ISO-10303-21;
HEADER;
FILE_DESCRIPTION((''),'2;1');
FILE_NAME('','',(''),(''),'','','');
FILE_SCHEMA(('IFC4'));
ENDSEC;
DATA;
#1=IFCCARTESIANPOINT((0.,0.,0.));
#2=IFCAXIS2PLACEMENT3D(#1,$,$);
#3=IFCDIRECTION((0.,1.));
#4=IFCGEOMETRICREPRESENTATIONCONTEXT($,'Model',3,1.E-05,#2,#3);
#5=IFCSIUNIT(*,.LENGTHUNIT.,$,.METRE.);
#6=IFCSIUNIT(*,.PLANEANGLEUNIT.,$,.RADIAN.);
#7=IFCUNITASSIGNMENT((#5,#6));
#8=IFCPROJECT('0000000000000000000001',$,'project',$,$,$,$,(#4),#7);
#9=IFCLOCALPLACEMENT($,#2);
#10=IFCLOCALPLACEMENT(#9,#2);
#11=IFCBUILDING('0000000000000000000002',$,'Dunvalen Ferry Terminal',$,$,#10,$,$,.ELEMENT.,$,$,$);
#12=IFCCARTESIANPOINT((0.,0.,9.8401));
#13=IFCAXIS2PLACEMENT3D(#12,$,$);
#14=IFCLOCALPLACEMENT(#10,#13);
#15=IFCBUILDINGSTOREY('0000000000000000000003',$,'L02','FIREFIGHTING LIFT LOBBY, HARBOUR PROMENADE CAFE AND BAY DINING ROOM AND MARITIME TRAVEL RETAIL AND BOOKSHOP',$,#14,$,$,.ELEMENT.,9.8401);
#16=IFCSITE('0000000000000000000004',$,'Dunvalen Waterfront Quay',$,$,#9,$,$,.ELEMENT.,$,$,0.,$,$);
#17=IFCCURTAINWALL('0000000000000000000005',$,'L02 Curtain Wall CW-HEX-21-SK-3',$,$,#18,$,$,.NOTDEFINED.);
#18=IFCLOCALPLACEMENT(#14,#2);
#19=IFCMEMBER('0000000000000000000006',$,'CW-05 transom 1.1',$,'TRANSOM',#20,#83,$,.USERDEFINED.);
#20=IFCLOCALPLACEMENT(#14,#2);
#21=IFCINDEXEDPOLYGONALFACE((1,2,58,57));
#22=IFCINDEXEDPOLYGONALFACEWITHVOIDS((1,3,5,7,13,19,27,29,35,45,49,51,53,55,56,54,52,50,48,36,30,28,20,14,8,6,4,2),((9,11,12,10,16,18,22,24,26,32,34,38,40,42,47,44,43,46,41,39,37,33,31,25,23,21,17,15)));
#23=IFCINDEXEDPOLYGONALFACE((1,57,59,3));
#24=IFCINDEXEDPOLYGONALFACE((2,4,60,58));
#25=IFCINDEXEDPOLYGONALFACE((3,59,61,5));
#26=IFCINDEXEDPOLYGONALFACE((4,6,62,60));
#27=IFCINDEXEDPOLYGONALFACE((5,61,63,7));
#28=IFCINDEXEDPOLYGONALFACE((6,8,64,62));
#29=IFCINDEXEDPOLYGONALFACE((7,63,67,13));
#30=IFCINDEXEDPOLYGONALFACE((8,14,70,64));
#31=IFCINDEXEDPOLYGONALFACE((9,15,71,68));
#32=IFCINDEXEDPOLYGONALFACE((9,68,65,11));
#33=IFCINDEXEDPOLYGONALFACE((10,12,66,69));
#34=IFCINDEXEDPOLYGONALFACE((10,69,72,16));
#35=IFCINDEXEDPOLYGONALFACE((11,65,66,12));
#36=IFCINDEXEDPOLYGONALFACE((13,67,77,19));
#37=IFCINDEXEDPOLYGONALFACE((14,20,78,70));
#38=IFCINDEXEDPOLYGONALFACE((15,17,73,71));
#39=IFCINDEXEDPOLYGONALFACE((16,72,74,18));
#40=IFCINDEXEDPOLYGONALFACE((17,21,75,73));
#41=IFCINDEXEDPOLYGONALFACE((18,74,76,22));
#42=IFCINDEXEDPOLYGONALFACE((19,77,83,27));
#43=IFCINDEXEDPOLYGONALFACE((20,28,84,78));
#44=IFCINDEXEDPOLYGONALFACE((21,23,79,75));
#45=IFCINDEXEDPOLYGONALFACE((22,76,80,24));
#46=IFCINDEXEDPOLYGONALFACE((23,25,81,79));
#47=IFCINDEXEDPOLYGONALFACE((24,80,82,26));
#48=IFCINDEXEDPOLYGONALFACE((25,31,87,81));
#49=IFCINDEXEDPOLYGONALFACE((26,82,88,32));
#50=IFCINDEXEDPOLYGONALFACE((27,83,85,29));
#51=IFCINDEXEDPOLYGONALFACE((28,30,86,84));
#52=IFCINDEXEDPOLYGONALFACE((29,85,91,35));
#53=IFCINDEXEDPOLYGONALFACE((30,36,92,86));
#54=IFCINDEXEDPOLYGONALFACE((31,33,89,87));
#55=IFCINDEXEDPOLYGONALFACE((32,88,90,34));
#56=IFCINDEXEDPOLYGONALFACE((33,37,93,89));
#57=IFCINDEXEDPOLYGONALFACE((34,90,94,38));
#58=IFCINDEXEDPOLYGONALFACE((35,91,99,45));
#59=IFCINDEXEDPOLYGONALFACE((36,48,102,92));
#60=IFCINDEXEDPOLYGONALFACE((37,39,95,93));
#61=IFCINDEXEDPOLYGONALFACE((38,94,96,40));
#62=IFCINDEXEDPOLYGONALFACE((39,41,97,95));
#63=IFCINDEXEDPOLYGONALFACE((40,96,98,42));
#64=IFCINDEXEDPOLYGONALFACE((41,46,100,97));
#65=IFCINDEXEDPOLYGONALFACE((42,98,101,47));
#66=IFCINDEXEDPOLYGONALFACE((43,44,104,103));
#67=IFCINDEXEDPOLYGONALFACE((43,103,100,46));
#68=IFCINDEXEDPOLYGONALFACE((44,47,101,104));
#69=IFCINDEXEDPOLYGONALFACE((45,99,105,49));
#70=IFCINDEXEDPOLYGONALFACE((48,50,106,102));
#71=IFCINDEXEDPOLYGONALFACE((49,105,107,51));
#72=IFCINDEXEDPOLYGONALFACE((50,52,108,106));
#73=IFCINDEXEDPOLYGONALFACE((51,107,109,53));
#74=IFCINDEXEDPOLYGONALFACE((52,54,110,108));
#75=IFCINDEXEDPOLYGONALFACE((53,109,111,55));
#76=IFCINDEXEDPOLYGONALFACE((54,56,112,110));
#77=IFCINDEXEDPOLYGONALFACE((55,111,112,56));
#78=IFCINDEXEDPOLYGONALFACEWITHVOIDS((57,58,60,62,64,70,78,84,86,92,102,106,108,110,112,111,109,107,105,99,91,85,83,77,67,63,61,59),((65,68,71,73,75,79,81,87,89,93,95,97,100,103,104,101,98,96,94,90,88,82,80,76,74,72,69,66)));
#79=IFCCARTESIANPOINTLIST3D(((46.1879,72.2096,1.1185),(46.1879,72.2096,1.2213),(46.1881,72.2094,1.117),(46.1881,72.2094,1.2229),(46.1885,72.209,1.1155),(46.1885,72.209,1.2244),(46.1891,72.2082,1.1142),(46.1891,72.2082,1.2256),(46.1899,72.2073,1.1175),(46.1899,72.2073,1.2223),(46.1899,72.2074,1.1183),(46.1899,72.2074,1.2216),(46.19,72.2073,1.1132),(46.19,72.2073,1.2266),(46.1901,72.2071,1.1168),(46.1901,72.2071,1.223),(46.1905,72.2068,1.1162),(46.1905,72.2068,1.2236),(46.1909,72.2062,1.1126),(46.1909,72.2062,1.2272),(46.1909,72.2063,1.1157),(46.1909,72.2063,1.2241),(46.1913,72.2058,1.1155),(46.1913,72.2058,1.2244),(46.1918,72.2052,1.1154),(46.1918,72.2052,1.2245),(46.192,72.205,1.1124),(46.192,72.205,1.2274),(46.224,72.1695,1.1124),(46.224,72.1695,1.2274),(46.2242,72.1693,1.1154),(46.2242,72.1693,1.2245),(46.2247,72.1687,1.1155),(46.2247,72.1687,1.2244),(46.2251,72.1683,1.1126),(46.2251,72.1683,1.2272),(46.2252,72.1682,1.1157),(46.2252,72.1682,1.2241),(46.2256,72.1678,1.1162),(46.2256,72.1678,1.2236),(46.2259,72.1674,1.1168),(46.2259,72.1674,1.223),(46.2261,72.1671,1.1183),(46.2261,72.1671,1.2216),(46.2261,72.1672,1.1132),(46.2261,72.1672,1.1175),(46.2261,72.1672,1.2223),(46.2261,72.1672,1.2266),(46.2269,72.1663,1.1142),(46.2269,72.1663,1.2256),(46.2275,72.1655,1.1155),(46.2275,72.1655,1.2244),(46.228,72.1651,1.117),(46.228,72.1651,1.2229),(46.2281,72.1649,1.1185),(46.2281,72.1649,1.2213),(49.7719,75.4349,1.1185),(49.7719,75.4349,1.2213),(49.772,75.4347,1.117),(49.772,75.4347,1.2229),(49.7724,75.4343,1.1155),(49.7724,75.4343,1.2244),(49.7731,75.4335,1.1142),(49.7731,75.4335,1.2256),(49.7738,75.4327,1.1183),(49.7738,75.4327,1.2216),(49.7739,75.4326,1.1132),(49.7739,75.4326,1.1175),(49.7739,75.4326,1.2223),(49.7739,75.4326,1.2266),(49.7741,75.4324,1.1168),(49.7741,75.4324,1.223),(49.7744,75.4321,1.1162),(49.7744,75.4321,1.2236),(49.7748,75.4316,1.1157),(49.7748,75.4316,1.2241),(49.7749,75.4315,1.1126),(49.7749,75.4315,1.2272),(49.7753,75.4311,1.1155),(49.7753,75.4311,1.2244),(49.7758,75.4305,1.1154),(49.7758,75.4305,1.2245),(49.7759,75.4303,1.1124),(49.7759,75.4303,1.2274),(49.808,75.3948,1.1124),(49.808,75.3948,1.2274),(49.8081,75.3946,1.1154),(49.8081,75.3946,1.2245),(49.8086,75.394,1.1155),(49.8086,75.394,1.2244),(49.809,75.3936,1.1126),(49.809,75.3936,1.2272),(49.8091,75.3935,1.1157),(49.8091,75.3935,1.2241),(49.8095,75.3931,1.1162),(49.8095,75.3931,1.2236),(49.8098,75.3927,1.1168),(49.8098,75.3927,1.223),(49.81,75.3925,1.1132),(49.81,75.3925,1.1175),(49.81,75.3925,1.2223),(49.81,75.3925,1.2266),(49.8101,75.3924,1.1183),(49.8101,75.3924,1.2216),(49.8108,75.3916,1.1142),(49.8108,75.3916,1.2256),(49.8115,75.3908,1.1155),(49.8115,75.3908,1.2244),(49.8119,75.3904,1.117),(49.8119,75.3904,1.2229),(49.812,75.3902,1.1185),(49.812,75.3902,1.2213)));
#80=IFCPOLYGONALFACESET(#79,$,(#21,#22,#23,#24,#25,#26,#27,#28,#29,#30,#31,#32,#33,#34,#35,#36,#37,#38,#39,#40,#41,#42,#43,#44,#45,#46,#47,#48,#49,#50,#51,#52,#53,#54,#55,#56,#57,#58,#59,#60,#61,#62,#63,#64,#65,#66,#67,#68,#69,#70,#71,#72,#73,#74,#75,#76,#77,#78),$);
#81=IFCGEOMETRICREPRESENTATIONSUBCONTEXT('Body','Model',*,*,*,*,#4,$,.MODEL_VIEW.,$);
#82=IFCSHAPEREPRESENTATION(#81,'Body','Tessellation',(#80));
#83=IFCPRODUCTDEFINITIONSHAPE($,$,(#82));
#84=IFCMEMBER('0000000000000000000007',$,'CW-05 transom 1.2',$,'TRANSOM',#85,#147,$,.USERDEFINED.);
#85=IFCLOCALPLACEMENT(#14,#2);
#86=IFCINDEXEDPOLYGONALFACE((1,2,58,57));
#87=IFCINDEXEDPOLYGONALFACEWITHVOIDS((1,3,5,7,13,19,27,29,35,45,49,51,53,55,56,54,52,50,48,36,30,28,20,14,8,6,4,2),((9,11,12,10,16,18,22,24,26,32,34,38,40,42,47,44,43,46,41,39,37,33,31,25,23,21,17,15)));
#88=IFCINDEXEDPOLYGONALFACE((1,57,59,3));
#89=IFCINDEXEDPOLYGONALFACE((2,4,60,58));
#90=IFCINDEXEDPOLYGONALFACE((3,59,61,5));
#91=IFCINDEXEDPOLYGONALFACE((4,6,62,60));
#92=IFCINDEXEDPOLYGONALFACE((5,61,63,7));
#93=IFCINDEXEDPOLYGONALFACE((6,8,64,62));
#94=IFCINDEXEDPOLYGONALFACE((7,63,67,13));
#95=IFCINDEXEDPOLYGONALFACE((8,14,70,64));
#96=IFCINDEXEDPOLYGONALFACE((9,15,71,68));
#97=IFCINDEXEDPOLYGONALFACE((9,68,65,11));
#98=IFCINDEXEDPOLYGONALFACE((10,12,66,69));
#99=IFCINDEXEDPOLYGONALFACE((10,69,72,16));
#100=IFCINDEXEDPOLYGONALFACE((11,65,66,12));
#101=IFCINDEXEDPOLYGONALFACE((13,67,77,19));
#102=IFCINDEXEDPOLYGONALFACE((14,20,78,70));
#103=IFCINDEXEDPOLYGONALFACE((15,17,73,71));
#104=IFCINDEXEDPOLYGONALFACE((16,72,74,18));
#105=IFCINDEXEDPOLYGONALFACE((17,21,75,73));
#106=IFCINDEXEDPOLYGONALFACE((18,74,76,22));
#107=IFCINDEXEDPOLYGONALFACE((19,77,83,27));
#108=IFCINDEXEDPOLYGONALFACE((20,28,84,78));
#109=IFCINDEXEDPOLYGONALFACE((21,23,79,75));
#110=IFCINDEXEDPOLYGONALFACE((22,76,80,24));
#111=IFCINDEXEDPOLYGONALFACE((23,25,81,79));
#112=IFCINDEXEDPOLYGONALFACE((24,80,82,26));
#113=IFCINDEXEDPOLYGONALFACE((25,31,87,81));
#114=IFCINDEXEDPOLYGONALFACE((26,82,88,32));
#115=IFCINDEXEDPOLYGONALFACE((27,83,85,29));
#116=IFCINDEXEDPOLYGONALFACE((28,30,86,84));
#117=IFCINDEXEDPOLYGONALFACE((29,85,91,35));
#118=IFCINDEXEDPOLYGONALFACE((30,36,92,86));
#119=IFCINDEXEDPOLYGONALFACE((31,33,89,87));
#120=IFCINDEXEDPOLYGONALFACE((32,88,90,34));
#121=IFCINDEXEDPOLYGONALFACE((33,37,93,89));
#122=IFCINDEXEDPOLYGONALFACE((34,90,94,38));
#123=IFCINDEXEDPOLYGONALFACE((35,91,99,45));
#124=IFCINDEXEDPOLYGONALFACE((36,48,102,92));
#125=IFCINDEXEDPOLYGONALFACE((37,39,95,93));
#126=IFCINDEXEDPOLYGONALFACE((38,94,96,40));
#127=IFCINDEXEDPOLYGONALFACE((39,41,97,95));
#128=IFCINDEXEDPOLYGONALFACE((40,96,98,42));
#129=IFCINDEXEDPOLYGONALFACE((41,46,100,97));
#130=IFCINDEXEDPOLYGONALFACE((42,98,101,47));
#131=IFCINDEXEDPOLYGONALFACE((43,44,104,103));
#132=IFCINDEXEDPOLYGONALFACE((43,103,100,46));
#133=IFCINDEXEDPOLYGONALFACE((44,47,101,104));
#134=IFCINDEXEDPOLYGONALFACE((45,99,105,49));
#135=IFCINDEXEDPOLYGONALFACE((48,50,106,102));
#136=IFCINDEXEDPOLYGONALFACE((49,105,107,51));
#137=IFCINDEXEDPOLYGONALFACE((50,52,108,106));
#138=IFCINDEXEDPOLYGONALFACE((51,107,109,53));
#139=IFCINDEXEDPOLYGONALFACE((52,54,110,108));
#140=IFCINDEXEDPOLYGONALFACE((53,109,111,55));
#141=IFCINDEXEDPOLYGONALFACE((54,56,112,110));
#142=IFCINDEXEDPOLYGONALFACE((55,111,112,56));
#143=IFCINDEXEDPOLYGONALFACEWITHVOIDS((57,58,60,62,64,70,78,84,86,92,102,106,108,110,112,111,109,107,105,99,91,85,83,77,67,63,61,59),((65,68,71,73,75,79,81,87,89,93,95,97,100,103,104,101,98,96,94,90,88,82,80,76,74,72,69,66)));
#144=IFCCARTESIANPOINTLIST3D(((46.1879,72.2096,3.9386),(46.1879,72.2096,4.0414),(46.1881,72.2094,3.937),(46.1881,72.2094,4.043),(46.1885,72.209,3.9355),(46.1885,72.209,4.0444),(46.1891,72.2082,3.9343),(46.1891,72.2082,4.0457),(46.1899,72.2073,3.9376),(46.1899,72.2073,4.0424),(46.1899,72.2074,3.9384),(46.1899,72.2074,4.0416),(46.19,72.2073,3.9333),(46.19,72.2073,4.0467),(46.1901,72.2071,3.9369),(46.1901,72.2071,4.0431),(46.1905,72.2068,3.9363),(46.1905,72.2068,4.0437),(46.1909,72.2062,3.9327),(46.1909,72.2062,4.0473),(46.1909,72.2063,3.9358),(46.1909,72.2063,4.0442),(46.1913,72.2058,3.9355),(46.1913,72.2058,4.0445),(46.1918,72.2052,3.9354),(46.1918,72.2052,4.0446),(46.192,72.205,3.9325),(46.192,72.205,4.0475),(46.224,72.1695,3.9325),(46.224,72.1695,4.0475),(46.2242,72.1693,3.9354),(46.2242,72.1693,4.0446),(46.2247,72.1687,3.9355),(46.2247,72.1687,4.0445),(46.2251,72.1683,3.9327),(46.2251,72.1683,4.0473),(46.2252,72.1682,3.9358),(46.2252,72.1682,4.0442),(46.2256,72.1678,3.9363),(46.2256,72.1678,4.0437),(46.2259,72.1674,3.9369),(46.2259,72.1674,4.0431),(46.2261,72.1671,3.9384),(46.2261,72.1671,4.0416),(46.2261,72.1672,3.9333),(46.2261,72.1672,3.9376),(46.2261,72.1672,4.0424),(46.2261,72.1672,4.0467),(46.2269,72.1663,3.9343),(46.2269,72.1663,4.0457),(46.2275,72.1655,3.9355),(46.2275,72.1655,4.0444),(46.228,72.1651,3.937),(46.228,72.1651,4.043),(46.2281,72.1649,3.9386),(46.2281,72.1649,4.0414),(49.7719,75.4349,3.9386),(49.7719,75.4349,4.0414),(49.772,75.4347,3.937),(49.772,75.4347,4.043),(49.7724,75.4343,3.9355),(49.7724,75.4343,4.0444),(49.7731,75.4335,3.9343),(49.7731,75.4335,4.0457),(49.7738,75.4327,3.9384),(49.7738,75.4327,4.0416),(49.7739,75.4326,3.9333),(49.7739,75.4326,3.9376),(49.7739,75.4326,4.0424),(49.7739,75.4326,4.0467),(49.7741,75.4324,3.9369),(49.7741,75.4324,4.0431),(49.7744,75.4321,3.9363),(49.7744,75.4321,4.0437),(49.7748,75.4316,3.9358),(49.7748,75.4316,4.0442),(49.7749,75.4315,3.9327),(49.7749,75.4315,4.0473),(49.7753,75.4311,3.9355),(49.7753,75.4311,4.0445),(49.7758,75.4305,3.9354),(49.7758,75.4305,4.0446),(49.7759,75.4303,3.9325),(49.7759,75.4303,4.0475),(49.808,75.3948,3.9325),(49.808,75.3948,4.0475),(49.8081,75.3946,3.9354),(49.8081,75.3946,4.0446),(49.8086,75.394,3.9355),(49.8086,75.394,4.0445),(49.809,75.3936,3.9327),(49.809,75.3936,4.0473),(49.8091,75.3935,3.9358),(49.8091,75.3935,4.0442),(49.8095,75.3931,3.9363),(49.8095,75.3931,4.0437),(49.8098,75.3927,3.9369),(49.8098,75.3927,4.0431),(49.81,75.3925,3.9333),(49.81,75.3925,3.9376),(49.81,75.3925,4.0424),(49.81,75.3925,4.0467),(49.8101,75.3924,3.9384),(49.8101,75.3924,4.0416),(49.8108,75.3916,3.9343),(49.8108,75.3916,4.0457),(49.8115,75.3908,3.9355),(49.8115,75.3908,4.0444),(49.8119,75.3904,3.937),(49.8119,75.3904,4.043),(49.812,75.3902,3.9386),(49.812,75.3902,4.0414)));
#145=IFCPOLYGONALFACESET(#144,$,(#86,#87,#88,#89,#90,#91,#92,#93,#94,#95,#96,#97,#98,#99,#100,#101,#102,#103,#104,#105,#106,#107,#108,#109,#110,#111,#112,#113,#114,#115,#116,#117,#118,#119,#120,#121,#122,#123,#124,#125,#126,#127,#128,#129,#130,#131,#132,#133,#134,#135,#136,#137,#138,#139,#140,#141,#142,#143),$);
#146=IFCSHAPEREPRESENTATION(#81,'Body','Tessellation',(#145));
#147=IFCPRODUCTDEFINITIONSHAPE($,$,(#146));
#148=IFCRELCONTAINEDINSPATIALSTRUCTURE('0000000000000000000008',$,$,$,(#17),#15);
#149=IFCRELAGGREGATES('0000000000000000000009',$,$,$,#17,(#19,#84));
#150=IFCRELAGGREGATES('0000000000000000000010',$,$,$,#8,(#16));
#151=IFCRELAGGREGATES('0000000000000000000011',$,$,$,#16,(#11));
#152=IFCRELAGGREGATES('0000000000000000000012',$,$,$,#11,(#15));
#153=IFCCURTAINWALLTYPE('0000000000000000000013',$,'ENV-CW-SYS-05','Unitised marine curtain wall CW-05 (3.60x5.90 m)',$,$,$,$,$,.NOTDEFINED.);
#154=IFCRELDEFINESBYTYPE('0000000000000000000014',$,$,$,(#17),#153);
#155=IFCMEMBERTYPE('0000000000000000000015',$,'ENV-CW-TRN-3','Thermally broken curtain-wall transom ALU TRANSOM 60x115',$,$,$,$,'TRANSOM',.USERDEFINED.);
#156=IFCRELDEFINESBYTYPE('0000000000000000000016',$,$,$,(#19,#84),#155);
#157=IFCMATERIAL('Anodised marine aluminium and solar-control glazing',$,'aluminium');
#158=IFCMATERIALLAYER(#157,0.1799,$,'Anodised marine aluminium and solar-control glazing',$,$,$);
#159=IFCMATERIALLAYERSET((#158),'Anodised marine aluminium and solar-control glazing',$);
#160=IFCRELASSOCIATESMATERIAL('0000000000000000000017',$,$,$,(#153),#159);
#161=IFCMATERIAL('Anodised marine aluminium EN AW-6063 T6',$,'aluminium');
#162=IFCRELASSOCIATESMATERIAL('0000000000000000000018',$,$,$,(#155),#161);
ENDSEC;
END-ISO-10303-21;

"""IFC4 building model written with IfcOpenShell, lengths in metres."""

from ifc_helpers import new_model, si_unit, direction, frame, origin, origin_2d, place, context, subcontext, project, spatial, hollow_rectangle, extrude, material, layer, layer_set, material_profile, profile_set, type_object, element, aggregate, save


model = new_model("IFC4")

# Units and contexts
model_context = context("Model", 3, precision=1e-05, world=origin(), true_north=direction((0.0, 1.0)))
body_context = subcontext(model_context, "Body", "Model", "MODEL_VIEW")
ifc_project = project(units=[si_unit("LENGTHUNIT", "METRE"), si_unit("PLANEANGLEUNIT", "RADIAN")], contexts=[model_context])

# Site, building, storey
site_placement = place(None, origin())
site = spatial("IfcSite", under=ifc_project, at=site_placement, Name="Dunvalen Waterfront Quay", CompositionType="ELEMENT", RefElevation=0.0)
building_placement = place(site_placement, origin())
building = spatial("IfcBuilding", under=site, at=building_placement, Name="Dunvalen Ferry Terminal", CompositionType="ELEMENT")
storey_placement = place(building_placement, frame((0.0, 0.0, 9.8401)))
storey = spatial("IfcBuildingStorey", under=building, at=storey_placement, Name="L02", Description="FIREFIGHTING LIFT LOBBY, HARBOUR PROMENADE CAFE AND BAY DINING ROOM AND MARITIME TRAVEL RETAIL AND BOOKSHOP", CompositionType="ELEMENT", Elevation=9.8401)

# Curtain wall, members
ifc_material_1 = material(Name="Anodised marine aluminium and solar-control glazing", Category="aluminium")
ifc_layer_1 = layer(ifc_material_1, 0.1799, Name="Anodised marine aluminium and solar-control glazing")
ifc_layer_set_1 = layer_set([ifc_layer_1], Name="Anodised marine aluminium and solar-control glazing")
curtain_wall_type = type_object("IfcCurtainWallType", Name="ENV-CW-SYS-05", Description="Unitised marine curtain wall CW-05 (3.60x5.90 m)", PredefinedType="NOTDEFINED", material=ifc_layer_set_1)
curtain_wall_placement = place(storey_placement, origin())
curtain_wall = element("IfcCurtainWall", 1, at=curtain_wall_placement, inside=storey, type_object=curtain_wall_type, Name="L02 Curtain Wall CW-HEX-21-SK-3", PredefinedType="NOTDEFINED")
ifc_material_2 = material(Name="Anodised marine aluminium EN AW-6063 T6", Category="aluminium")
ifc_material_profile_1 = material_profile(ifc_material_2, hollow_rectangle(XDim=0.0601, YDim=0.115, WallThickness=0.0029, InnerFilletRadius=0.0029, OuterFilletRadius=0.0061, at=origin_2d()), Name="Anodised marine aluminium EN AW-6063 T6")
ifc_profile_set_1 = profile_set([ifc_material_profile_1], Name="Anodised marine aluminium EN AW-6063 T6")
member_type_1 = type_object("IfcMemberType", Name="ENV-CW-TRN-3", Description="Thermally broken curtain-wall transom ALU TRANSOM 60x115", ElementType="TRANSOM", PredefinedType="USERDEFINED", material=ifc_profile_set_1)
member_1_placement = place(storey_placement, frame((46.208, 72.1873, 1.1699), z_axis=(0.743319, 0.668937, 0.0), x_axis=(-0.668937, 0.743319, 0.0)))
member_1 = element("IfcMember", 2, at=member_1_placement, type_object=member_type_1, Name="CW-05 transom 1.1", ObjectType="TRANSOM", PredefinedType="USERDEFINED", context=body_context, shape_type="SweptSolid", body=[
    extrude(hollow_rectangle(XDim=0.0601, YDim=0.115, WallThickness=0.0029, InnerFilletRadius=0.0029, OuterFilletRadius=0.0061, at=origin_2d()), origin(), (0.0, 0.0, 1.0), 4.8215),
])
member_2_placement = place(storey_placement, frame((46.208, 72.1873, 3.99), z_axis=(0.743319, 0.668937, 0.0), x_axis=(-0.668937, 0.743319, 0.0)))
member_2 = element("IfcMember", 3, at=member_2_placement, type_object=member_type_1, Name="CW-05 transom 1.2", ObjectType="TRANSOM", PredefinedType="USERDEFINED", context=body_context, shape_type="SweptSolid", body=[
    extrude(hollow_rectangle(XDim=0.0601, YDim=0.115, WallThickness=0.0029, InnerFilletRadius=0.0029, OuterFilletRadius=0.0061, at=origin_2d()), origin(), (0.0, 0.0, 1.0), 4.8215),
])

aggregate(curtain_wall, [member_1, member_2])

save(model, "model.ifc")
